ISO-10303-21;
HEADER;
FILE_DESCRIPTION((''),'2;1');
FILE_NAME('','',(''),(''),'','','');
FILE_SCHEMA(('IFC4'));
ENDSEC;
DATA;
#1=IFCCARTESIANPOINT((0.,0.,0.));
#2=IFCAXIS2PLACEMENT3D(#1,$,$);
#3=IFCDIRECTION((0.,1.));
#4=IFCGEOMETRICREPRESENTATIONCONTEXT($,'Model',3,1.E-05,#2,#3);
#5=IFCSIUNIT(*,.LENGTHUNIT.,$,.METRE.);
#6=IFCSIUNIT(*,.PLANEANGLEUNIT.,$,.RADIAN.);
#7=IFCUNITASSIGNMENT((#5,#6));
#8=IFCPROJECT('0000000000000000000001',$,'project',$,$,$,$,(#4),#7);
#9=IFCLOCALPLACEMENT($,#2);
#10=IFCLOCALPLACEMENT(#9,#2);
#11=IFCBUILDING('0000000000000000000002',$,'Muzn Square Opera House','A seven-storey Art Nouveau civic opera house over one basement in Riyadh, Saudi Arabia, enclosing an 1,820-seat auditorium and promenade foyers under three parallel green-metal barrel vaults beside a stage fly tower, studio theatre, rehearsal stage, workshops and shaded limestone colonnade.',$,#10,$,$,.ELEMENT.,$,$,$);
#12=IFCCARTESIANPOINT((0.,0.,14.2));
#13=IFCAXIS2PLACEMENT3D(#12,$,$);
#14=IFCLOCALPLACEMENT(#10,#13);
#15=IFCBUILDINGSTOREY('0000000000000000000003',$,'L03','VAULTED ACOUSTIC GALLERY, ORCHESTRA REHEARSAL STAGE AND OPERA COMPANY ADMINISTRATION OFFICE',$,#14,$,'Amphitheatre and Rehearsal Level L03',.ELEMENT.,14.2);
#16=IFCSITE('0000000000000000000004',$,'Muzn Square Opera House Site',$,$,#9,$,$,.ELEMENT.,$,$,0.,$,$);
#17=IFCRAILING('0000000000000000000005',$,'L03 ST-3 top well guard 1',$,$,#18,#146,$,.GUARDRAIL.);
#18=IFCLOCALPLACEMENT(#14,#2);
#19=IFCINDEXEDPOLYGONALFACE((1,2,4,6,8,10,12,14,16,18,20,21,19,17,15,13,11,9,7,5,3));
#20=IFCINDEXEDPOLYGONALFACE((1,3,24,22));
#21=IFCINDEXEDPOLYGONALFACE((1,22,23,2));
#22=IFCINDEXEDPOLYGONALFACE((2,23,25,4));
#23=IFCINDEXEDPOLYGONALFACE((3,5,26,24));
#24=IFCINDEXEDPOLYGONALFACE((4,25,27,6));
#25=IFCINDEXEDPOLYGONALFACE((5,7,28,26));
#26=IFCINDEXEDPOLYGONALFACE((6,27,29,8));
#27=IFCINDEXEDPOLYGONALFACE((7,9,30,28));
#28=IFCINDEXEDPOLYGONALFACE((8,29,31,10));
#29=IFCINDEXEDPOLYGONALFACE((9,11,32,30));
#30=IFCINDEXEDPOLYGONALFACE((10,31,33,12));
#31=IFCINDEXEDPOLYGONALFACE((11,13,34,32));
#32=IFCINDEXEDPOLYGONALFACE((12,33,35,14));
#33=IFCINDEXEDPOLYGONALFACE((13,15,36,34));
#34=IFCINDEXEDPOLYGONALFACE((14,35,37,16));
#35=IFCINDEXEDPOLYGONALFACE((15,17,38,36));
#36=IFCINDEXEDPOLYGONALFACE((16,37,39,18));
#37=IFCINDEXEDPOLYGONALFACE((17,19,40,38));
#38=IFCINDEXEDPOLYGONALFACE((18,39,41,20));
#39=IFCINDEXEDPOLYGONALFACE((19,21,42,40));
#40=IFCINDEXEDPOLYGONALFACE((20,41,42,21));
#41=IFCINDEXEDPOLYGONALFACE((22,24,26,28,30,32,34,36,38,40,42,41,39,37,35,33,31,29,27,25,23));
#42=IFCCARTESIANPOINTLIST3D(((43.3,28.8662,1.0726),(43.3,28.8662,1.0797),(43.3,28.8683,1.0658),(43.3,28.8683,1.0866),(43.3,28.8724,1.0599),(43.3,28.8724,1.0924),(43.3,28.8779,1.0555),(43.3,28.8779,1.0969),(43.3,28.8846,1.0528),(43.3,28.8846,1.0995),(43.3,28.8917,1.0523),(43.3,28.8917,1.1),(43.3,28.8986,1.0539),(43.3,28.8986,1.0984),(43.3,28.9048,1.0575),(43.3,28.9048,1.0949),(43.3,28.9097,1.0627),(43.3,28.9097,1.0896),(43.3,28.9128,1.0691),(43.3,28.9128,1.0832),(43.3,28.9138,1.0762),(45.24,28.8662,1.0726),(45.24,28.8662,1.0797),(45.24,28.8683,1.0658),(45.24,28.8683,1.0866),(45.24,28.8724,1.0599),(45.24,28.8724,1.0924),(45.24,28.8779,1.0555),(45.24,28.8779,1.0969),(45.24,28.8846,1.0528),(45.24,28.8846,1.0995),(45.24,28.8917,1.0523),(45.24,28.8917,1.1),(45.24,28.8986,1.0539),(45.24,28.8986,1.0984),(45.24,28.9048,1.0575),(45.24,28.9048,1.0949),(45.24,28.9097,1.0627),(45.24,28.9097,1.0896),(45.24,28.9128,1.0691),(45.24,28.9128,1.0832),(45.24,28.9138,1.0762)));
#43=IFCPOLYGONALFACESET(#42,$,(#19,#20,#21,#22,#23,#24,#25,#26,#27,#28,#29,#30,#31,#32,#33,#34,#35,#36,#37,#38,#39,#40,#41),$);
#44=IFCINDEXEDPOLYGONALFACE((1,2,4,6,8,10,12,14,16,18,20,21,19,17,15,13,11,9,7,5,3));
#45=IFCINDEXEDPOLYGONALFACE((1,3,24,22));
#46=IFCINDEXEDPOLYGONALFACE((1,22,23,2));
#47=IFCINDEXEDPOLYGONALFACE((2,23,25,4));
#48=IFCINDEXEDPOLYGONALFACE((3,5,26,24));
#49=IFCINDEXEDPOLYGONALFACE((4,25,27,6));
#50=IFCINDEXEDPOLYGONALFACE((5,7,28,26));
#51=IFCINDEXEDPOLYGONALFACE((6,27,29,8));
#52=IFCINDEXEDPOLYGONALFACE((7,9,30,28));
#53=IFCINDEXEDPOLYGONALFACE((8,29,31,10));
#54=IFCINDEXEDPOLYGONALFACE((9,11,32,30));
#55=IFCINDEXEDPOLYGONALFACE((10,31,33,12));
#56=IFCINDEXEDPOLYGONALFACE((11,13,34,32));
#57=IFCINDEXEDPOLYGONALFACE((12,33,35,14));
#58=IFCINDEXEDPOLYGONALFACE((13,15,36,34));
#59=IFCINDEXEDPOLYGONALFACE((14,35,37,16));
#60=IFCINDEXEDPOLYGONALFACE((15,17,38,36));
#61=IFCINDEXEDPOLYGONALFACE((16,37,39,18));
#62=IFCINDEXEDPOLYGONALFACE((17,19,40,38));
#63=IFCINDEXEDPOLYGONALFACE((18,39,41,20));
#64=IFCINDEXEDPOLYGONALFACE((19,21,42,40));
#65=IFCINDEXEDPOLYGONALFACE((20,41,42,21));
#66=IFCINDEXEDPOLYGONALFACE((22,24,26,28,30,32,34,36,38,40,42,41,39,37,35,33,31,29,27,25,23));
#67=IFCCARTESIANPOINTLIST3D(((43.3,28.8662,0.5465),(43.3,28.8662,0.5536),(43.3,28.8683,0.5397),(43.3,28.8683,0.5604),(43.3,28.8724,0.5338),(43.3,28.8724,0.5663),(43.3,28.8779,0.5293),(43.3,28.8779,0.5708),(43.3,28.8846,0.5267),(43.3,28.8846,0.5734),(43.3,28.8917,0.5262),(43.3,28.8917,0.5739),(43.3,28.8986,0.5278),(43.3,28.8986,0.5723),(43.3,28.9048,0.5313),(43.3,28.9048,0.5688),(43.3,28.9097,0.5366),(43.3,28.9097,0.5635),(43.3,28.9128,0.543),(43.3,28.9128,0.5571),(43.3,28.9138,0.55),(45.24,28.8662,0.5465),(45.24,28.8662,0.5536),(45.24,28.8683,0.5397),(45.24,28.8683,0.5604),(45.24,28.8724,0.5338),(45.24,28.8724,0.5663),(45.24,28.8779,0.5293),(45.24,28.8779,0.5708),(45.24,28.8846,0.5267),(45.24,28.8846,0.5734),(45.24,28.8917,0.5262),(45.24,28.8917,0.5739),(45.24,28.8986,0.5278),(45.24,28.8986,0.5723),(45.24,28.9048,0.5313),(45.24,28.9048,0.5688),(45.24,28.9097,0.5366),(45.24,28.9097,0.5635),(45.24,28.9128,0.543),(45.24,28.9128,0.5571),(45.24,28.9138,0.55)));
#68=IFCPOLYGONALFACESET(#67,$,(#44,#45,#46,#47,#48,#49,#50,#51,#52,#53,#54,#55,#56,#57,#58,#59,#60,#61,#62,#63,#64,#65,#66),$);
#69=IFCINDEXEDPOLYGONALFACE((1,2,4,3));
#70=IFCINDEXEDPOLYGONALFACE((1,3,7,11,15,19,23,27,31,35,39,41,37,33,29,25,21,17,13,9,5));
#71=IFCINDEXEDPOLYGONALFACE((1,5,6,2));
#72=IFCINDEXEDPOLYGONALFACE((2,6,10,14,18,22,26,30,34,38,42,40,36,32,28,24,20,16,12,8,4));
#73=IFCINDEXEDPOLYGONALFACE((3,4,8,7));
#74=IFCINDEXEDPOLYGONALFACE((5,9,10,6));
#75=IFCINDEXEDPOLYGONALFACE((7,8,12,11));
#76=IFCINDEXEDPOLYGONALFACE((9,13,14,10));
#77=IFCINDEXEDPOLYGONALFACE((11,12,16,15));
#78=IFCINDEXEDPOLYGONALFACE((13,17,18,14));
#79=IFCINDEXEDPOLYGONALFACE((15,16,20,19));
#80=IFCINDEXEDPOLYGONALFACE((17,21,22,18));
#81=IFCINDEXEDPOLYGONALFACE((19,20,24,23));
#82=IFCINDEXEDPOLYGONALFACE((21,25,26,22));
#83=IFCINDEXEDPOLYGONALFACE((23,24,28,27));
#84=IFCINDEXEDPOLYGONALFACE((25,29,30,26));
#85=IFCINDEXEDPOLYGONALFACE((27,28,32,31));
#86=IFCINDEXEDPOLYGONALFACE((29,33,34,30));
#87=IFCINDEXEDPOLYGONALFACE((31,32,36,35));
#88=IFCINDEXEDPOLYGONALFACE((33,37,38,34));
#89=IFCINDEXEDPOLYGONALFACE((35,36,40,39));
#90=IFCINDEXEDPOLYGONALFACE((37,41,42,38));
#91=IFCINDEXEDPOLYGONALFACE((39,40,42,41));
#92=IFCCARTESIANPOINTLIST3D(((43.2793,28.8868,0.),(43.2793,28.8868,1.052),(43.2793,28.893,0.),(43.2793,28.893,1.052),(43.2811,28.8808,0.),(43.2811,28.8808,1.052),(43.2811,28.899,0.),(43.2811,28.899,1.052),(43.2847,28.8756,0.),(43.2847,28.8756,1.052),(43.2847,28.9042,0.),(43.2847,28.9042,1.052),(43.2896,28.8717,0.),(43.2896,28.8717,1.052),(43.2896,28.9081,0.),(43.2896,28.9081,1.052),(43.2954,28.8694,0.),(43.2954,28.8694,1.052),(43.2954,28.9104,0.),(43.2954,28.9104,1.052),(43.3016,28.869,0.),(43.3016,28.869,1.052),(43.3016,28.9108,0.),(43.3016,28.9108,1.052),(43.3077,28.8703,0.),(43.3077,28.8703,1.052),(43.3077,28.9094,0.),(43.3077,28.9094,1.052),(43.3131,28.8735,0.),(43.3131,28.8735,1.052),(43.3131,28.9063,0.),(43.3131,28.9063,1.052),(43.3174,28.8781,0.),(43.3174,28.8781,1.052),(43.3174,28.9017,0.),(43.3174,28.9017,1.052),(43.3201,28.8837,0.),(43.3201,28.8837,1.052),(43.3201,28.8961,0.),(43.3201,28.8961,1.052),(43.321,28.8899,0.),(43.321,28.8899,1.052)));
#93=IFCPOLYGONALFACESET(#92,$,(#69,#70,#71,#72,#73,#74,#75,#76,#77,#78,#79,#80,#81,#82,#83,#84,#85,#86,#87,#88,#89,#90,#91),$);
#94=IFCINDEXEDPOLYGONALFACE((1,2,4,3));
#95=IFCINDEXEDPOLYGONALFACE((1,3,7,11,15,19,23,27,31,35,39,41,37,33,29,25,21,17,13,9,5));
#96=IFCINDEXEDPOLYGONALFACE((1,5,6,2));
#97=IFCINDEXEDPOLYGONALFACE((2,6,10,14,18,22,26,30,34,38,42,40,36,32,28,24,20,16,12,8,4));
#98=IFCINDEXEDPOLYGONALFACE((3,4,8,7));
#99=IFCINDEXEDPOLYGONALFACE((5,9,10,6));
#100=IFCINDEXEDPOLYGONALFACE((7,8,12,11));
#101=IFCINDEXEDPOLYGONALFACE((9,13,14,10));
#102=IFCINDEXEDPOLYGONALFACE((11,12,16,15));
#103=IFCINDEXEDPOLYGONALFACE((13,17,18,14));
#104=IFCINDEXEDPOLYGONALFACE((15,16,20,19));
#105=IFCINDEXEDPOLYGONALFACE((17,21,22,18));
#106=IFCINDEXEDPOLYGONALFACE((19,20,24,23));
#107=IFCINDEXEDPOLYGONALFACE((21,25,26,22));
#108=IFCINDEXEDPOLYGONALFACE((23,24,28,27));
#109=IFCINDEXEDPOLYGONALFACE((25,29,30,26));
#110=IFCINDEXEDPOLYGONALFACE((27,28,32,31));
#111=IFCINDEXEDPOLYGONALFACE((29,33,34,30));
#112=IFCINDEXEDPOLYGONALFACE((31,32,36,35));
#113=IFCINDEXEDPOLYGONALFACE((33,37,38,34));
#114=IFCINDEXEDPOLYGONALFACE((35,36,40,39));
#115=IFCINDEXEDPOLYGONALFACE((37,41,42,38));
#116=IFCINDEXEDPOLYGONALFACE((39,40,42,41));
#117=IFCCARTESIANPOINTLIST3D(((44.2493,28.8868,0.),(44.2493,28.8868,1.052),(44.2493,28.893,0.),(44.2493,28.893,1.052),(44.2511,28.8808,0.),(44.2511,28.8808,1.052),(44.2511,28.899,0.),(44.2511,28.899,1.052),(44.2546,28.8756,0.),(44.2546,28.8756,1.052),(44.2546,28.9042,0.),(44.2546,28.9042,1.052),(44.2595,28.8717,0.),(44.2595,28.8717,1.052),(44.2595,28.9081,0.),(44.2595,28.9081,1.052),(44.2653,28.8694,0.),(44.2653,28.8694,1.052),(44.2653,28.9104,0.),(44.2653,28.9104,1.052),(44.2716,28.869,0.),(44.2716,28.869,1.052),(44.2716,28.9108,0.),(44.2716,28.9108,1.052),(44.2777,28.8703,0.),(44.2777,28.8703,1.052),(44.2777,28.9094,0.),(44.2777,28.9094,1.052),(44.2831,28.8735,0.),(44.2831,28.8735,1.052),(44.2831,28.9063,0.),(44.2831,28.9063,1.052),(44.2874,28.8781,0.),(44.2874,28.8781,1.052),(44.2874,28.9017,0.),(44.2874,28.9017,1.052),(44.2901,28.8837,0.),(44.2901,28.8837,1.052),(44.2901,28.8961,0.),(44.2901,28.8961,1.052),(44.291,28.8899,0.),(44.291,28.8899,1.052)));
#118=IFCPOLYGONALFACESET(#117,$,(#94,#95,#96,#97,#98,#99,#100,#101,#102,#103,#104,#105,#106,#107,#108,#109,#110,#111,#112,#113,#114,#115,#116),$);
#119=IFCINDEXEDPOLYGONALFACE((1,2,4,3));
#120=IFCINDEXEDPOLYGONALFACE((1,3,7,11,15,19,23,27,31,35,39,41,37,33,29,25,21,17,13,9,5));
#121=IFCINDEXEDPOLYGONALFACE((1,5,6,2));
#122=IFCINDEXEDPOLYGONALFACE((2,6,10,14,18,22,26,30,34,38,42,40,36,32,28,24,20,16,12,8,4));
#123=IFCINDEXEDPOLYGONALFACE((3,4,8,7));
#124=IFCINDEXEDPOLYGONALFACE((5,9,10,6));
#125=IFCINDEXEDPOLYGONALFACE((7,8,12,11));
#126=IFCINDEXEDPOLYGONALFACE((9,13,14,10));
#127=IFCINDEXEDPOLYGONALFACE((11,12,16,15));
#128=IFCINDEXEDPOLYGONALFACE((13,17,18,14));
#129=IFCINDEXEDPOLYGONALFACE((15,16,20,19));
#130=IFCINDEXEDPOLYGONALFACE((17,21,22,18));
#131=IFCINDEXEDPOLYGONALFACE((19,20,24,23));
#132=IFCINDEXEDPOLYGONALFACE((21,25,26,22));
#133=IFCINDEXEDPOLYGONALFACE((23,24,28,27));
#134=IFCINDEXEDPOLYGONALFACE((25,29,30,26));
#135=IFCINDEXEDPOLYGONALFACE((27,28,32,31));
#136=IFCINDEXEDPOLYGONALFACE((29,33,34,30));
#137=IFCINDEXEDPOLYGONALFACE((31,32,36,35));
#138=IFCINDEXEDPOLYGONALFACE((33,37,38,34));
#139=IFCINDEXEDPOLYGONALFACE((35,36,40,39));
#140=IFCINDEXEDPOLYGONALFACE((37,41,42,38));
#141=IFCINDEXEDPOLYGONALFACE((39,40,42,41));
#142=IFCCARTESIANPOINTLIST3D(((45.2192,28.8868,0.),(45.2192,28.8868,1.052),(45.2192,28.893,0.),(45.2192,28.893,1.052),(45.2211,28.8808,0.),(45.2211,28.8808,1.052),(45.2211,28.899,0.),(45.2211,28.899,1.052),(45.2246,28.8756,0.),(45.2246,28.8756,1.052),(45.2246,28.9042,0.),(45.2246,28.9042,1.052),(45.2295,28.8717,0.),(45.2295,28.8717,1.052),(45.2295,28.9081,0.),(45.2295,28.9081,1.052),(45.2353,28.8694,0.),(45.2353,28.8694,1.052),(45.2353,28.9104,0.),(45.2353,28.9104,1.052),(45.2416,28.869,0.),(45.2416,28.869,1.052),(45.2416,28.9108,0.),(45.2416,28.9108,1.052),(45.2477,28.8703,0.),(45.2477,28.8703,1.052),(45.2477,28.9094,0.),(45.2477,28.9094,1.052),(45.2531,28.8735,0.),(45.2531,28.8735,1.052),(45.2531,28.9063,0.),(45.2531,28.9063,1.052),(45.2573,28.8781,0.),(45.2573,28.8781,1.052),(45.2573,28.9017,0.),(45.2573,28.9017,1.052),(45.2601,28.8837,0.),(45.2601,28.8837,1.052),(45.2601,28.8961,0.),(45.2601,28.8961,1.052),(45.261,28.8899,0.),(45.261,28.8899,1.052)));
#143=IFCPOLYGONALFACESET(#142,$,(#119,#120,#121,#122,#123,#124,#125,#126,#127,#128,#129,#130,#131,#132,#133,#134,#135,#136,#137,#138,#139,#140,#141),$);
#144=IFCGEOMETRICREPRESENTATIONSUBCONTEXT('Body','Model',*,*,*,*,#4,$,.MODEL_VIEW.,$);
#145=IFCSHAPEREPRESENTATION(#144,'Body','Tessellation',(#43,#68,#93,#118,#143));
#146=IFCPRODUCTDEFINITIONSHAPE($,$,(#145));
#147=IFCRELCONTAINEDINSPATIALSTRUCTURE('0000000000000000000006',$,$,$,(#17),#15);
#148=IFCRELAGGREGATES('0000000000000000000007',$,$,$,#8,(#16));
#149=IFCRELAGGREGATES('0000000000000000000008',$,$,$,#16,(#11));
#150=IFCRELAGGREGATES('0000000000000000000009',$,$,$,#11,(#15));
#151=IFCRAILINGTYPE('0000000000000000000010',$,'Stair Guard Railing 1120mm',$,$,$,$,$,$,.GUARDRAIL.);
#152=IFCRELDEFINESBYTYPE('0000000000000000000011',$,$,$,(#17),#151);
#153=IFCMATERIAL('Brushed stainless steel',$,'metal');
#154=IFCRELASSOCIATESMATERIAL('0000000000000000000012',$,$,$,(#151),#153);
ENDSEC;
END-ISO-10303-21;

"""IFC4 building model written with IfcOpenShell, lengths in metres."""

from ifc_helpers import new_model, si_unit, direction, frame, origin, origin_2d, place, context, subcontext, project, spatial, circle, extrude, material, type_object, element, save


model = new_model("IFC4")

# Units and contexts
model_context = context("Model", 3, precision=1e-05, world=origin(), true_north=direction((0.0, 1.0)))
body_context = subcontext(model_context, "Body", "Model", "MODEL_VIEW")
ifc_project = project(units=[si_unit("LENGTHUNIT", "METRE"), si_unit("PLANEANGLEUNIT", "RADIAN")], contexts=[model_context])

# Site, building, storey
site_placement = place(None, origin())
site = spatial("IfcSite", under=ifc_project, at=site_placement, Name="Muzn Square Opera House Site", CompositionType="ELEMENT", RefElevation=0.0)
building_placement = place(site_placement, origin())
building = spatial("IfcBuilding", under=site, at=building_placement, Name="Muzn Square Opera House", Description="A seven-storey Art Nouveau civic opera house over one basement in Riyadh, Saudi Arabia, enclosing an 1,820-seat auditorium and promenade foyers under three parallel green-metal barrel vaults beside a stage fly tower, studio theatre, rehearsal stage, workshops and shaded limestone colonnade.", CompositionType="ELEMENT")
storey_placement = place(building_placement, frame((0.0, 0.0, 14.2)))
storey = spatial("IfcBuildingStorey", under=building, at=storey_placement, Name="L03", Description="VAULTED ACOUSTIC GALLERY, ORCHESTRA REHEARSAL STAGE AND OPERA COMPANY ADMINISTRATION OFFICE", LongName="Amphitheatre and Rehearsal Level L03", CompositionType="ELEMENT", Elevation=14.2)

# Railing
ifc_material_1 = material(Name="Brushed stainless steel", Category="metal")
railing_type = type_object("IfcRailingType", Name="Stair Guard Railing 1120mm", PredefinedType="GUARDRAIL", material=ifc_material_1)
railing_placement = place(storey_placement, frame((43.3, 28.8899, 0.0)))
element("IfcRailing", 1, at=railing_placement, inside=storey, type_object=railing_type, Name="L03 ST-3 top well guard 1", PredefinedType="GUARDRAIL", context=body_context, shape_type="SweptSolid", body=[
    extrude(circle(Radius=0.0239, at=origin_2d()), frame((0.0, 0.0, 1.0762), z_axis=(1.0, 0.0, 0.0), x_axis=(0.0, 1.0, 0.0)), (0.0, 0.0, 1.0), 1.9399),
    extrude(circle(Radius=0.0239, at=origin_2d()), frame((0.0, 0.0, 0.55), z_axis=(1.0, 0.0, 0.0), x_axis=(0.0, 1.0, 0.0)), (0.0, 0.0, 1.0), 1.9399),
    extrude(circle(Radius=0.021, at=origin_2d()), origin(), (0.0, 0.0, 1.0), 1.052),
    extrude(circle(Radius=0.021, at=origin_2d()), frame((0.97, 0.0, 0.0)), (0.0, 0.0, 1.0), 1.052),
    extrude(circle(Radius=0.021, at=origin_2d()), frame((1.9399, 0.0, 0.0)), (0.0, 0.0, 1.0), 1.052),
])

save(model, "model.ifc")
